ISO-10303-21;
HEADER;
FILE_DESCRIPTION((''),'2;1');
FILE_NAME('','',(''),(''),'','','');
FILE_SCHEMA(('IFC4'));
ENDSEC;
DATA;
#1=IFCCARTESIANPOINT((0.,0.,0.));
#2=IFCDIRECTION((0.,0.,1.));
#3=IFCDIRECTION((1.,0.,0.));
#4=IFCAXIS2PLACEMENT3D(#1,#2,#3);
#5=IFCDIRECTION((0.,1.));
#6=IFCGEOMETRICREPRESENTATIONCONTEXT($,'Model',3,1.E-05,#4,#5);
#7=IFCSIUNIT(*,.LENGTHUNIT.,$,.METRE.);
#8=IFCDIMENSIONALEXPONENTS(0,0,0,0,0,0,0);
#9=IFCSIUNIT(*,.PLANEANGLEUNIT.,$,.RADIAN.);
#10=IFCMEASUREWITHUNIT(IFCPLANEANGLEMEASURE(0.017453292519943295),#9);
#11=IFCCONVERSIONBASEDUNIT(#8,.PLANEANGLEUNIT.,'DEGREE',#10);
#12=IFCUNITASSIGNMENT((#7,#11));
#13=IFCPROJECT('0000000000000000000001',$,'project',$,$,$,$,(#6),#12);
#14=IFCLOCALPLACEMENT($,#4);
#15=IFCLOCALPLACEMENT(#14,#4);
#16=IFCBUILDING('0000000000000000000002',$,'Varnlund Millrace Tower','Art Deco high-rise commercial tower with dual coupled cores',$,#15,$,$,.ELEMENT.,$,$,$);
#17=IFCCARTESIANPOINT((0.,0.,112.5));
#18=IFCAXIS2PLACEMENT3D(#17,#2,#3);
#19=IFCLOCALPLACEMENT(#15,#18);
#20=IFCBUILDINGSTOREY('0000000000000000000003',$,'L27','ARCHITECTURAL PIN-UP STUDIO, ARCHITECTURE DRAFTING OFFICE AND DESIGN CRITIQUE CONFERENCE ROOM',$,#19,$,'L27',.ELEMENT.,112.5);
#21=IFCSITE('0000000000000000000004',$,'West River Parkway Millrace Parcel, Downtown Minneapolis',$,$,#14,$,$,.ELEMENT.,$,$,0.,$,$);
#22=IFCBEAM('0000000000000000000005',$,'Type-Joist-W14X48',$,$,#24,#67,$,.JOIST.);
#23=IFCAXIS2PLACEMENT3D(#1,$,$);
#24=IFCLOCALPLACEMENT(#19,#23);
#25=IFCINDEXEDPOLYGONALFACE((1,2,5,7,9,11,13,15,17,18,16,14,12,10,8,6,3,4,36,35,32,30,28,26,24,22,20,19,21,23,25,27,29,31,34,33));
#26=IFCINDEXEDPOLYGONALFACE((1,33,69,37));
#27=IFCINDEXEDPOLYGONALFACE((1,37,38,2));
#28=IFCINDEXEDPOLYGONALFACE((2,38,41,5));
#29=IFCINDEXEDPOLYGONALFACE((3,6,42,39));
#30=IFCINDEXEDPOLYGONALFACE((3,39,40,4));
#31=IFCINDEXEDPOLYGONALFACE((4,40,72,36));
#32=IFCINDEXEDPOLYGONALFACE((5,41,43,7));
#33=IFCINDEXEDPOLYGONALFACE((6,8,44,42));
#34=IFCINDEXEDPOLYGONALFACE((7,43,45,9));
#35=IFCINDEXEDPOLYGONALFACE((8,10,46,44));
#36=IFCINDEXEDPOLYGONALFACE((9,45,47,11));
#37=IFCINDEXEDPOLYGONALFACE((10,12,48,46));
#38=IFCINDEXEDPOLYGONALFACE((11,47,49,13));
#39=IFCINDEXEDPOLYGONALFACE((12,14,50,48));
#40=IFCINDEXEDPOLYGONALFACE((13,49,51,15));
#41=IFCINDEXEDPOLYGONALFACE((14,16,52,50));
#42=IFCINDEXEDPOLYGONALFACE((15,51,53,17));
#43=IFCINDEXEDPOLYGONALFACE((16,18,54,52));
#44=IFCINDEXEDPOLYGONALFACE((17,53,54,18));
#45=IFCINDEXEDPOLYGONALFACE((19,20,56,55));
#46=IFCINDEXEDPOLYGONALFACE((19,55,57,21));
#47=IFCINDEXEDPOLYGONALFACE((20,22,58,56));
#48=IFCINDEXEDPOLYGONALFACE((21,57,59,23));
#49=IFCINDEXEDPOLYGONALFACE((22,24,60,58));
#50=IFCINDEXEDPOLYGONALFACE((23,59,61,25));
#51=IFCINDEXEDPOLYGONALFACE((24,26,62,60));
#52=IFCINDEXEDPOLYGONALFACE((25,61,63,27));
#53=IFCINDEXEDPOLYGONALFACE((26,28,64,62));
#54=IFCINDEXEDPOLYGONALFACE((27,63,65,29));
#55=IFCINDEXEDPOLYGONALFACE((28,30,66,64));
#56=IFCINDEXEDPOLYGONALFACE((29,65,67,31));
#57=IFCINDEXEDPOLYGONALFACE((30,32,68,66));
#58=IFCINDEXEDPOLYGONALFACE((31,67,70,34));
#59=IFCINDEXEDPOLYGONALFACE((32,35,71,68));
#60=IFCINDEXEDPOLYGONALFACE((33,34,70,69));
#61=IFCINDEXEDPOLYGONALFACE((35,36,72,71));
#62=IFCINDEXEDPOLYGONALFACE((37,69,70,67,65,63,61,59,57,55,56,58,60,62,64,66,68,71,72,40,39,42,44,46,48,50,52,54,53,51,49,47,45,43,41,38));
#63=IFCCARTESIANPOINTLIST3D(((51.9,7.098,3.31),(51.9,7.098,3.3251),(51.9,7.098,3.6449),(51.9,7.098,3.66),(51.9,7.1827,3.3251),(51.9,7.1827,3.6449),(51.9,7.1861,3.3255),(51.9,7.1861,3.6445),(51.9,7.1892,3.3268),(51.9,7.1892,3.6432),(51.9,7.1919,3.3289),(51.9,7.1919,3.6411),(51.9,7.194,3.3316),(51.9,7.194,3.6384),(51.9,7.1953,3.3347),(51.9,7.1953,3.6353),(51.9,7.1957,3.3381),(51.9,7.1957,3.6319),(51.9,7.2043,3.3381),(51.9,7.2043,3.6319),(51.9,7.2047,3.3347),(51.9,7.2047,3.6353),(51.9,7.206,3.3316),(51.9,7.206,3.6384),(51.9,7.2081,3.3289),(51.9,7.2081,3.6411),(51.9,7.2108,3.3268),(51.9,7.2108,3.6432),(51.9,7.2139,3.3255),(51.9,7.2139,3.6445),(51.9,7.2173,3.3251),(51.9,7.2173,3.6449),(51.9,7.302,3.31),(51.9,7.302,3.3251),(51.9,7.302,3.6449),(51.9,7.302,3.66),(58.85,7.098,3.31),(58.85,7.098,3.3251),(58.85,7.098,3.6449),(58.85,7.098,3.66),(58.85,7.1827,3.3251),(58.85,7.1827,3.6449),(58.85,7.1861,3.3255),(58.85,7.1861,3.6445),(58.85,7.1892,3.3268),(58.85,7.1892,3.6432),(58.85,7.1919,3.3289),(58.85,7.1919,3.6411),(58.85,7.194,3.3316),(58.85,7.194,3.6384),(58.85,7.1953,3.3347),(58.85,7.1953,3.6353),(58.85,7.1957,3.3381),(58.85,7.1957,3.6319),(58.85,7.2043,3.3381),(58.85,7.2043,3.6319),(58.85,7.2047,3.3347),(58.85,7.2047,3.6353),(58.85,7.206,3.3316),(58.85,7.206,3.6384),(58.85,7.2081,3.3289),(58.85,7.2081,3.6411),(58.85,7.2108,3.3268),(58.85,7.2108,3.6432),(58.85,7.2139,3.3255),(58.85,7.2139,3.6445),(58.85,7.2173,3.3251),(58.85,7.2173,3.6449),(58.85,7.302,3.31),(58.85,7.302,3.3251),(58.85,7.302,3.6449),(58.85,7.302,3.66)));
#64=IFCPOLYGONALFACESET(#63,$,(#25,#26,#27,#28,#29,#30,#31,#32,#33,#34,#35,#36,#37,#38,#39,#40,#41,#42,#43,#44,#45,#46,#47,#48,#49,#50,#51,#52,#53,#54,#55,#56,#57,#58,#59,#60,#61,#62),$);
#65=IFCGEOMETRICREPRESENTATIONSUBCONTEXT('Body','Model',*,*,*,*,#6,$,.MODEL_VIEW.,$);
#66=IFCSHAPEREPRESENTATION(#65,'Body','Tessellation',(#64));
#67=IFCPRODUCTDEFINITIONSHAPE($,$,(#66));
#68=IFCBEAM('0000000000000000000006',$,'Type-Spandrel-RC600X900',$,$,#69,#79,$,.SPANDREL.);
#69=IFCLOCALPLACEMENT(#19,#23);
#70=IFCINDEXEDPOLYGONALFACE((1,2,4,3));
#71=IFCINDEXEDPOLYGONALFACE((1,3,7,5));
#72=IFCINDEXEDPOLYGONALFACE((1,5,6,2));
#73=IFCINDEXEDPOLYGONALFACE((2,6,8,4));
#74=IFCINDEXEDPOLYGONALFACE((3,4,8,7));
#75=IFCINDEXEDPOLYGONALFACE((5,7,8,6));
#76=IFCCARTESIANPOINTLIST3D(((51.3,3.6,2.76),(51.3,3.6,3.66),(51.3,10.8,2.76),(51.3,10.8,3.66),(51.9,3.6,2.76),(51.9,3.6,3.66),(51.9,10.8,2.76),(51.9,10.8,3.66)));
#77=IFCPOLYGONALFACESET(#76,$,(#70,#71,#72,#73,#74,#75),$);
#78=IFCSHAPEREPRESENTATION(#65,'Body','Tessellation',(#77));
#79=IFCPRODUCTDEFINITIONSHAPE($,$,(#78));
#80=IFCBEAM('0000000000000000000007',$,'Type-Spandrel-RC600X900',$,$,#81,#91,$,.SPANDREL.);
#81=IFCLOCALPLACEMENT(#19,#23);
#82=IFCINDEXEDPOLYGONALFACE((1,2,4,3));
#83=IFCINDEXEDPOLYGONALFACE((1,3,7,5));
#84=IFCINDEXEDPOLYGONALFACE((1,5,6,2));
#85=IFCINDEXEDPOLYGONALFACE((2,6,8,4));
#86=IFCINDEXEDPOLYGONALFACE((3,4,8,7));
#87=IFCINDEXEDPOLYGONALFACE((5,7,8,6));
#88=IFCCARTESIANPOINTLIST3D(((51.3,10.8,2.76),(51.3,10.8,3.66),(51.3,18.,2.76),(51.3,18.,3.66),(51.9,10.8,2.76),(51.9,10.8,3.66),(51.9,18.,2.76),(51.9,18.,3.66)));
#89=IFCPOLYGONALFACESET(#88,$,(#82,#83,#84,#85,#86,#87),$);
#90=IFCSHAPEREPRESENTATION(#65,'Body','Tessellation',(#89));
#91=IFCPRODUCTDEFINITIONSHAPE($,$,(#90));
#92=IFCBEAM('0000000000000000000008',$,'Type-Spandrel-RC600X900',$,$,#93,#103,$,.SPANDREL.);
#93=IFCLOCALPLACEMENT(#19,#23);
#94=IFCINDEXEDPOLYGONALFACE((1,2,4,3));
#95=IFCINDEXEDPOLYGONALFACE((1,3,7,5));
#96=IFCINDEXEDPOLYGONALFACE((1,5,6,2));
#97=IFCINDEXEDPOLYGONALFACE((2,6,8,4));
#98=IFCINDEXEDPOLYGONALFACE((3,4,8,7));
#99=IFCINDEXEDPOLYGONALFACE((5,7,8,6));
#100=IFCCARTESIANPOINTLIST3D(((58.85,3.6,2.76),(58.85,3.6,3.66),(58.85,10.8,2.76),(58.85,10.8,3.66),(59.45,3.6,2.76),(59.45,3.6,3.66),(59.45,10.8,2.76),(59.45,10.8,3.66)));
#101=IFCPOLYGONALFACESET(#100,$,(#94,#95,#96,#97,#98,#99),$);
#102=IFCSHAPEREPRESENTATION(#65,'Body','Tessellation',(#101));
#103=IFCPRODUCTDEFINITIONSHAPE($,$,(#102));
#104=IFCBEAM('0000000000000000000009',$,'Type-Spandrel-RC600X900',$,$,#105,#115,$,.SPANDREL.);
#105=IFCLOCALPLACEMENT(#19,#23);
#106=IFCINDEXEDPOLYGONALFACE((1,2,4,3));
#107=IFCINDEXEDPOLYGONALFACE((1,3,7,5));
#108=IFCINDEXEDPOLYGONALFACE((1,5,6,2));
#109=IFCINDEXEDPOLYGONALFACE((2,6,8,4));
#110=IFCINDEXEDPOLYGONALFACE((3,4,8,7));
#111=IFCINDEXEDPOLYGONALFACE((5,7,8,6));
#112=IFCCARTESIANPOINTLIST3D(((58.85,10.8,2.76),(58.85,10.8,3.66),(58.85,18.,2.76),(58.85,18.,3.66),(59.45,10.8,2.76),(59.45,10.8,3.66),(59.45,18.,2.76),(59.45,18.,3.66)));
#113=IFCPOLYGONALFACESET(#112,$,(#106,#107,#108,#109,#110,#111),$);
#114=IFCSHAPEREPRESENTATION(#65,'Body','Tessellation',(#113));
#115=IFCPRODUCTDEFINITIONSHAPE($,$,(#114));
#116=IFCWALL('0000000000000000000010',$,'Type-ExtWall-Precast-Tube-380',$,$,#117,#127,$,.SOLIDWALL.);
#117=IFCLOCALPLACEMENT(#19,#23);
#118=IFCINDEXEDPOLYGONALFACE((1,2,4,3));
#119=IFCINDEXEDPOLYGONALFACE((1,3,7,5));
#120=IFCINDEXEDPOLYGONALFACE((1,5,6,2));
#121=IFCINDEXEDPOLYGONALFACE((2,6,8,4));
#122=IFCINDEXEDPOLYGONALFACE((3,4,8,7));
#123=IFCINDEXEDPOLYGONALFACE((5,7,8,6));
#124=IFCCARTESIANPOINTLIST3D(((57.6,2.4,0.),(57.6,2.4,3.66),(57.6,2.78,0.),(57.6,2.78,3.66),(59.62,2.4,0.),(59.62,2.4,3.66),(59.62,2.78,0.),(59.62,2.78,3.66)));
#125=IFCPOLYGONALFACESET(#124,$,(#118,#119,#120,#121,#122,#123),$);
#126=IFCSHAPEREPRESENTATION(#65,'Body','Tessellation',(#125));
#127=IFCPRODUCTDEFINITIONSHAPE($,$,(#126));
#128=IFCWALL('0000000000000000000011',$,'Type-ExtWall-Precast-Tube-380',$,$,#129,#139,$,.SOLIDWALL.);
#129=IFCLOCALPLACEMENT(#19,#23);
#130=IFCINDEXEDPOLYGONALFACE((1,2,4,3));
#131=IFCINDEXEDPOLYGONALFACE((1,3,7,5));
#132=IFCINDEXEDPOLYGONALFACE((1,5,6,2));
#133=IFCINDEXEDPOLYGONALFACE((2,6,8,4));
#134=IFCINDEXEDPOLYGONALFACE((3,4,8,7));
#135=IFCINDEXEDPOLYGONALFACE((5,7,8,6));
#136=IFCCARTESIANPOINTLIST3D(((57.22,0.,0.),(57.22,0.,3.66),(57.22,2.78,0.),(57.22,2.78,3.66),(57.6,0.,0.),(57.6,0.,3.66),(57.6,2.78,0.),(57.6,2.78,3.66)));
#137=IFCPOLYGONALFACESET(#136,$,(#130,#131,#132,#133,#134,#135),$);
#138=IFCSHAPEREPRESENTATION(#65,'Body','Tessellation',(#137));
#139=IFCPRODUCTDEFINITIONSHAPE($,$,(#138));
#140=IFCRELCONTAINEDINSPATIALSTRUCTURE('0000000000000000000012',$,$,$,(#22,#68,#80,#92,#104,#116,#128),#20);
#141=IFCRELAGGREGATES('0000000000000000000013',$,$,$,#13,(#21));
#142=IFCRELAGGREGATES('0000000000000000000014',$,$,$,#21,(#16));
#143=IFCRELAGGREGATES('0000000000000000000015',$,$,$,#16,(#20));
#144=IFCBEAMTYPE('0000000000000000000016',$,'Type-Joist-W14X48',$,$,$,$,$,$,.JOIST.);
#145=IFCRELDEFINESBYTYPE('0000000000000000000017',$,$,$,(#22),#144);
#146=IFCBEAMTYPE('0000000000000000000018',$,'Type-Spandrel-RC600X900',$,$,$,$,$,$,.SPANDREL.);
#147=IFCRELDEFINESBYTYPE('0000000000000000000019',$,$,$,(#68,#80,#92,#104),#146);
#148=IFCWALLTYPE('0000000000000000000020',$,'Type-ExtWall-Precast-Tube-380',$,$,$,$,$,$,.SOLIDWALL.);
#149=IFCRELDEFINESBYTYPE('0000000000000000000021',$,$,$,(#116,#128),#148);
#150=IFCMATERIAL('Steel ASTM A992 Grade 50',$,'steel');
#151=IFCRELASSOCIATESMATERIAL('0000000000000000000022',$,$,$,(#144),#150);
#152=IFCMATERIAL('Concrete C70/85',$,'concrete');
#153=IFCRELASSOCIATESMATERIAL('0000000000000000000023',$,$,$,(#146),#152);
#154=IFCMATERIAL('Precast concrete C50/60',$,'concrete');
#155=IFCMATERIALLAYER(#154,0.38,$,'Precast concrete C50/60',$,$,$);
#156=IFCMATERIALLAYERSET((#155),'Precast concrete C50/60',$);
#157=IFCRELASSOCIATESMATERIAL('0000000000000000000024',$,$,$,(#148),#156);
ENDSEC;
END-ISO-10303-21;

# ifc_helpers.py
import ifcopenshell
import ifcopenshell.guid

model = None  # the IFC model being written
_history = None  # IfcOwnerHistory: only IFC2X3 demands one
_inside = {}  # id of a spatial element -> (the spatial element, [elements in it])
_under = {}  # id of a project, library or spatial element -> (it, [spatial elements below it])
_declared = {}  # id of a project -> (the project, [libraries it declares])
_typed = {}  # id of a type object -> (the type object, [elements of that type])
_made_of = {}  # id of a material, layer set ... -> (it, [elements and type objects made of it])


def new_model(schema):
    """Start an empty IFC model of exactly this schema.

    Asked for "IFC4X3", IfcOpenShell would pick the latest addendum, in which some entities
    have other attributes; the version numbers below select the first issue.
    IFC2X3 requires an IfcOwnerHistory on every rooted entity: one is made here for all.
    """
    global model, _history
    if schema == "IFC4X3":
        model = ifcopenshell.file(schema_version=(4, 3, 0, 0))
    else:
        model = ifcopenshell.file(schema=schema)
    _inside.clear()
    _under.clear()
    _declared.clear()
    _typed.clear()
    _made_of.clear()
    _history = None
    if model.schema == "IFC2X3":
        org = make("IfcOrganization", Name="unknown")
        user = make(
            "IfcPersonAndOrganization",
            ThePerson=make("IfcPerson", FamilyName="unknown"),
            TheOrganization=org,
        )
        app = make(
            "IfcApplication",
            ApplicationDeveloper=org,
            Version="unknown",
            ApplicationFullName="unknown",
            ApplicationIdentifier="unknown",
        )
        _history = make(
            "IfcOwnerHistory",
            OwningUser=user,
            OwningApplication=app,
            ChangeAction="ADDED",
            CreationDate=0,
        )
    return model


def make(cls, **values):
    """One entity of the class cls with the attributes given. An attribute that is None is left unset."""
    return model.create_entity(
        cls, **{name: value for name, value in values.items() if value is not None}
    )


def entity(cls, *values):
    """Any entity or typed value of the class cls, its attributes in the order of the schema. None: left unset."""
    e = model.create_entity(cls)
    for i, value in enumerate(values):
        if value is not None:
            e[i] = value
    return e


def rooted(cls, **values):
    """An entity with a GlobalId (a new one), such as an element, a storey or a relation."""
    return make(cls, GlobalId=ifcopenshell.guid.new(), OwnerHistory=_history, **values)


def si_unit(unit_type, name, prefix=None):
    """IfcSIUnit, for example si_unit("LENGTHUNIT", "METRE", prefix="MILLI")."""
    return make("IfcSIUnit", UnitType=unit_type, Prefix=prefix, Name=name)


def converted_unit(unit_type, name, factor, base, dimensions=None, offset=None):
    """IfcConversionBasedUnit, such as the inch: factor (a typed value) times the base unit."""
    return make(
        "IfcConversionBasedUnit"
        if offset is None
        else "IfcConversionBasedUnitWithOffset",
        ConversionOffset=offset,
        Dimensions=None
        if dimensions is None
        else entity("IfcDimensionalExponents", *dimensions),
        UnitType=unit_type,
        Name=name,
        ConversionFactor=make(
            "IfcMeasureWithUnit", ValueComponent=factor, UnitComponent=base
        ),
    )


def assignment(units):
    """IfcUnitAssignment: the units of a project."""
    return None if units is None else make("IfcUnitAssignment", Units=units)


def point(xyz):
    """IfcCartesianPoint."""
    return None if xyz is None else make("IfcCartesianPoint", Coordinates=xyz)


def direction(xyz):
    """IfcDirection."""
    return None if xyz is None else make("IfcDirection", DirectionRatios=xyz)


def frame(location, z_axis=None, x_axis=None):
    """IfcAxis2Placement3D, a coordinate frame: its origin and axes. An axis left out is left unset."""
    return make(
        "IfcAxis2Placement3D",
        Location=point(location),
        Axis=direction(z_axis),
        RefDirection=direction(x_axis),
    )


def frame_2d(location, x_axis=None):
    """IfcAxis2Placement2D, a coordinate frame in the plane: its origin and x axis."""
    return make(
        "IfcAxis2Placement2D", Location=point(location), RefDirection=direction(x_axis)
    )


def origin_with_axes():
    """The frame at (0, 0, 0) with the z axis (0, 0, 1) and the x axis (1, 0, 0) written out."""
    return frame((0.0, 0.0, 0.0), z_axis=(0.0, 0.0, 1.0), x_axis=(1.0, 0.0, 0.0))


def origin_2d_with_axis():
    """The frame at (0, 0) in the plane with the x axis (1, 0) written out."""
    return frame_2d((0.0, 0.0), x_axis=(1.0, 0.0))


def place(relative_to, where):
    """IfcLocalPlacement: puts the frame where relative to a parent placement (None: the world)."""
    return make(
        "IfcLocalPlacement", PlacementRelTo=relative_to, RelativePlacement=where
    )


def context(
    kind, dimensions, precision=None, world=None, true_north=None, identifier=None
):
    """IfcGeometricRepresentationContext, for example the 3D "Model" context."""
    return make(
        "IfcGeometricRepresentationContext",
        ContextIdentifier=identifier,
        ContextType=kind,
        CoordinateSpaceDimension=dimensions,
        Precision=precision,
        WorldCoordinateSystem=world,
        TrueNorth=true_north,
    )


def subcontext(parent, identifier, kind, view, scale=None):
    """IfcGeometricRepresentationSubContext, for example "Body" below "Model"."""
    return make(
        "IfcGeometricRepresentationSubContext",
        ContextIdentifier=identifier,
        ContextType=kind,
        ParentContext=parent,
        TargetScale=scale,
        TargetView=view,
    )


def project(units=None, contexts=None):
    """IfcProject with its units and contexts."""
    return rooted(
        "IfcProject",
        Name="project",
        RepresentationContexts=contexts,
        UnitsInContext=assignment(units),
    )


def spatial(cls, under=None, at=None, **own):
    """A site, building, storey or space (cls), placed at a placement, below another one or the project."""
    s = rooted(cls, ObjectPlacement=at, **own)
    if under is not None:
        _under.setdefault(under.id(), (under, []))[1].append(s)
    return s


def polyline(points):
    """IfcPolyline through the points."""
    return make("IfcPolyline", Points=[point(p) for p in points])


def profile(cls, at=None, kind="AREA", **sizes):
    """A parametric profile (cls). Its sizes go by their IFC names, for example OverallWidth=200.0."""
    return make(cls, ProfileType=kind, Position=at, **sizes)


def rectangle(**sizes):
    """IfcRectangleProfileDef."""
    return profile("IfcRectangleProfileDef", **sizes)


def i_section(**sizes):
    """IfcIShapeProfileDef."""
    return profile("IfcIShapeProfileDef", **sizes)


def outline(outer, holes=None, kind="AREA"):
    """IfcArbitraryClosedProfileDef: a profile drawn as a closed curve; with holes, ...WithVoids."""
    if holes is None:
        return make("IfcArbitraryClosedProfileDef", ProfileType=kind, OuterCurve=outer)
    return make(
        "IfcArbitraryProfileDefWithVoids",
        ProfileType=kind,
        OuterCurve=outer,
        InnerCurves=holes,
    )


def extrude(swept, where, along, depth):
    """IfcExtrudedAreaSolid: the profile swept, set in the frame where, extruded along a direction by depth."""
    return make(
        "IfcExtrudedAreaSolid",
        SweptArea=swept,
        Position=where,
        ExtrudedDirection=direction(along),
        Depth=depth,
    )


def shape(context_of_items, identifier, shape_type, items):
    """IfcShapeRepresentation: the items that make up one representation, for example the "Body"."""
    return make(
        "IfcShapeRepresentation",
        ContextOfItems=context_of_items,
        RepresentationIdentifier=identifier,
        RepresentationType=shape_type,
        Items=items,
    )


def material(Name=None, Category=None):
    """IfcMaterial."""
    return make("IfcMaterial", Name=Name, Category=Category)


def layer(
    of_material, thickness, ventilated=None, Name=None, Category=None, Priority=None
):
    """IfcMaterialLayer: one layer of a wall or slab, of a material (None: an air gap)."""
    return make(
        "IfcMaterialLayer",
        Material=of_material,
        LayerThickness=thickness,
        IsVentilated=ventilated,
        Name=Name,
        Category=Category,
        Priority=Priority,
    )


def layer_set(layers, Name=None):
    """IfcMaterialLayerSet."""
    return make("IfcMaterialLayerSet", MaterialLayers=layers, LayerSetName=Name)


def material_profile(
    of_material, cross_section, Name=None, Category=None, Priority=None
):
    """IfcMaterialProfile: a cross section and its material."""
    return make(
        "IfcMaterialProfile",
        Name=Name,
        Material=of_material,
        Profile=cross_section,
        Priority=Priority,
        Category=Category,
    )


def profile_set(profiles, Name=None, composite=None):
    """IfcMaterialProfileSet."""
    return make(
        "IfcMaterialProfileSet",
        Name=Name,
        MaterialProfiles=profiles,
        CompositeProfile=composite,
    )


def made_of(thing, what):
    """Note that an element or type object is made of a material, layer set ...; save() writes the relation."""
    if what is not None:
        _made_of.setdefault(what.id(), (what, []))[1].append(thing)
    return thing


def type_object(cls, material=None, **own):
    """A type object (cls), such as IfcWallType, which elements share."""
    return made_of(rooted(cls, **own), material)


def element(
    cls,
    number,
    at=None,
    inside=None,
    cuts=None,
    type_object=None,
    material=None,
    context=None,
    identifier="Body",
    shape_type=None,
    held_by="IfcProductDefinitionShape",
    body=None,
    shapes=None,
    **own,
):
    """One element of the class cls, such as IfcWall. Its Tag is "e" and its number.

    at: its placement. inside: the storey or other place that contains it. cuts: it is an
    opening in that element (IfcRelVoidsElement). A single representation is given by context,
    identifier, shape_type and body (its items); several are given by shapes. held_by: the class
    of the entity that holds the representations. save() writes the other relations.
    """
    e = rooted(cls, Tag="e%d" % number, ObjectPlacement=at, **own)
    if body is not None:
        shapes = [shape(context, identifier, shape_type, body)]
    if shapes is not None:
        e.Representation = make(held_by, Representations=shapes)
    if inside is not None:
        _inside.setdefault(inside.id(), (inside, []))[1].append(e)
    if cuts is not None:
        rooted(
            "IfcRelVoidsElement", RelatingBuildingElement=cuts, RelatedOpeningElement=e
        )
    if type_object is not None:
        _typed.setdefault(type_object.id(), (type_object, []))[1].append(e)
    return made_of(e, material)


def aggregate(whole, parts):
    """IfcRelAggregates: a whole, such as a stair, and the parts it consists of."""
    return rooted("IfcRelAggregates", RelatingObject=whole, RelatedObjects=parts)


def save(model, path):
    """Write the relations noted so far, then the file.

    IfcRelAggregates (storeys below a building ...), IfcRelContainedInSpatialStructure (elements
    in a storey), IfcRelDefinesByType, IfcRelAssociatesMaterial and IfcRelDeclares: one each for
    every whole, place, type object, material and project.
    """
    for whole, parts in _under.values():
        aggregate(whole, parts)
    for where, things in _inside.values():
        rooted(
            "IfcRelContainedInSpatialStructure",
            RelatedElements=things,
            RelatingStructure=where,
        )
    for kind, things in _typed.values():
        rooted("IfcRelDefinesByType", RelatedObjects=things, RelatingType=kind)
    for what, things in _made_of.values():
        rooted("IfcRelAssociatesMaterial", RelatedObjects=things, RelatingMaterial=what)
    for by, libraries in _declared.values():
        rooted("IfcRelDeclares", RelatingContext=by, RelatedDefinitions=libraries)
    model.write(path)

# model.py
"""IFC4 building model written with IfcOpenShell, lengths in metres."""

from ifc_helpers import new_model, entity, si_unit, converted_unit, direction, frame, origin_with_axes, origin_2d_with_axis, place, context, subcontext, project, spatial, polyline, rectangle, i_section, outline, extrude, material, layer, layer_set, material_profile, profile_set, type_object, element, save


model = new_model("IFC4")

# Units and contexts
model_context = context("Model", 3, precision=1e-05, world=origin_with_axes(), true_north=direction((0.0, 1.0)))
body_context = subcontext(model_context, "Body", "Model", "MODEL_VIEW")
ifc_project = project(units=[si_unit("LENGTHUNIT", "METRE"), converted_unit("PLANEANGLEUNIT", "DEGREE", entity("IfcPlaneAngleMeasure", 0.017453292519943295), si_unit("PLANEANGLEUNIT", "RADIAN"), dimensions=[0, 0, 0, 0, 0, 0, 0])], contexts=[model_context])

# Site, building, storey
site_placement = place(None, origin_with_axes())
site = spatial("IfcSite", under=ifc_project, at=site_placement, Name="West River Parkway Millrace Parcel, Downtown Minneapolis", CompositionType="ELEMENT", RefElevation=0.0)
building_placement = place(site_placement, origin_with_axes())
building = spatial("IfcBuilding", under=site, at=building_placement, Name="Varnlund Millrace Tower", Description="Art Deco high-rise commercial tower with dual coupled cores", CompositionType="ELEMENT")
storey_placement = place(building_placement, frame((0.0, 0.0, 112.5), z_axis=(0.0, 0.0, 1.0), x_axis=(1.0, 0.0, 0.0)))
storey = spatial("IfcBuildingStorey", under=building, at=storey_placement, Name="L27", Description="ARCHITECTURAL PIN-UP STUDIO, ARCHITECTURE DRAFTING OFFICE AND DESIGN CRITIQUE CONFERENCE ROOM", LongName="L27", CompositionType="ELEMENT", Elevation=112.5)

# Beams
ifc_material_1 = material(Name="Steel ASTM A992 Grade 50", Category="steel")
ifc_material_profile_1 = material_profile(ifc_material_1, i_section(OverallWidth=0.204, OverallDepth=0.35, WebThickness=0.0086, FlangeThickness=0.0151, FilletRadius=0.013, at=origin_2d_with_axis()), Name="Steel ASTM A992 Grade 50")
ifc_profile_set_1 = profile_set([ifc_material_profile_1], Name="Steel ASTM A992 Grade 50")
beam_type_1 = type_object("IfcBeamType", Name="Type-Joist-W14X48", PredefinedType="JOIST", material=ifc_profile_set_1)
beam_1_placement = place(storey_placement, frame((51.9, 7.2, 3.485), z_axis=(1.0, 0.0, 0.0), x_axis=(0.0, 1.0, 0.0)))
element("IfcBeam", 1, at=beam_1_placement, inside=storey, type_object=beam_type_1, Name="Type-Joist-W14X48", PredefinedType="JOIST", context=body_context, shape_type="SweptSolid", body=[
    extrude(i_section(OverallWidth=0.204, OverallDepth=0.35, WebThickness=0.0086, FlangeThickness=0.0151, FilletRadius=0.013, at=origin_2d_with_axis()), origin_with_axes(), (0.0, 0.0, 1.0), 6.95),
])
ifc_material_2 = material(Name="Concrete C70/85", Category="concrete")
ifc_material_profile_2 = material_profile(ifc_material_2, rectangle(XDim=0.6, YDim=0.9, at=origin_2d_with_axis()), Name="Concrete C70/85")
ifc_profile_set_2 = profile_set([ifc_material_profile_2], Name="Concrete C70/85")
beam_type_2 = type_object("IfcBeamType", Name="Type-Spandrel-RC600X900", PredefinedType="SPANDREL", material=ifc_profile_set_2)
for number, where, z_axis, x_axis, name in (
    (2, (51.6, 3.6, 3.21), (0.0, 1.0, 0.0), (-1.0, 0.0, 0.0), "Type-Spandrel-RC600X900"),
    (3, (51.6, 10.8, 3.21), (0.0, 1.0, 0.0), (-1.0, 0.0, 0.0), "Type-Spandrel-RC600X900"),
    (4, (59.15, 3.6, 3.21), (0.0, 1.0, 0.0), (-1.0, 0.0, 0.0), "Type-Spandrel-RC600X900"),
    (5, (59.15, 10.8, 3.21), (0.0, 1.0, 0.0), (-1.0, 0.0, 0.0), "Type-Spandrel-RC600X900"),
):
    element("IfcBeam", number, at=place(storey_placement, frame(where, z_axis=z_axis, x_axis=x_axis)), inside=storey, type_object=beam_type_2, Name=name, PredefinedType="SPANDREL", context=body_context, shape_type="SweptSolid", body=[
        extrude(rectangle(XDim=0.6, YDim=0.9, at=origin_2d_with_axis()), origin_with_axes(), (0.0, 0.0, 1.0), 7.2),
    ])

# Walls
ifc_material_3 = material(Name="Precast concrete C50/60", Category="concrete")
ifc_layer_1 = layer(ifc_material_3, 0.38, Name="Precast concrete C50/60")
ifc_layer_set_1 = layer_set([ifc_layer_1], Name="Precast concrete C50/60")
wall_type_1 = type_object("IfcWallType", Name="Type-ExtWall-Precast-Tube-380", PredefinedType="SOLIDWALL", material=ifc_layer_set_1)
wall_1_placement = place(storey_placement, frame((59.62, 2.59, 0.0), z_axis=(0.0, 0.0, 1.0), x_axis=(-1.0, 0.0, 0.0)))
element("IfcWall", 6, at=wall_1_placement, inside=storey, type_object=wall_type_1, Name="Type-ExtWall-Precast-Tube-380", PredefinedType="SOLIDWALL", context=body_context, shape_type="SweptSolid", body=[
    extrude(outline(polyline([(0.0, -0.19), (2.02, -0.19), (2.02, 0.19), (0.0, 0.19), (0.0, -0.19)])), origin_with_axes(), (0.0, 0.0, 1.0), 3.66),
])
wall_2_placement = place(storey_placement, frame((57.41, 2.78, 0.0), z_axis=(0.0, 0.0, 1.0), x_axis=(0.0, -1.0, 0.0)))
element("IfcWall", 7, at=wall_2_placement, inside=storey, type_object=wall_type_1, Name="Type-ExtWall-Precast-Tube-380", PredefinedType="SOLIDWALL", context=body_context, shape_type="SweptSolid", body=[
    extrude(outline(polyline([(0.0, -0.19), (2.78, -0.19), (2.78, 0.19), (0.0, 0.19), (0.0, -0.19)])), origin_with_axes(), (0.0, 0.0, 1.0), 3.66),
])

save(model, "model.ifc")
